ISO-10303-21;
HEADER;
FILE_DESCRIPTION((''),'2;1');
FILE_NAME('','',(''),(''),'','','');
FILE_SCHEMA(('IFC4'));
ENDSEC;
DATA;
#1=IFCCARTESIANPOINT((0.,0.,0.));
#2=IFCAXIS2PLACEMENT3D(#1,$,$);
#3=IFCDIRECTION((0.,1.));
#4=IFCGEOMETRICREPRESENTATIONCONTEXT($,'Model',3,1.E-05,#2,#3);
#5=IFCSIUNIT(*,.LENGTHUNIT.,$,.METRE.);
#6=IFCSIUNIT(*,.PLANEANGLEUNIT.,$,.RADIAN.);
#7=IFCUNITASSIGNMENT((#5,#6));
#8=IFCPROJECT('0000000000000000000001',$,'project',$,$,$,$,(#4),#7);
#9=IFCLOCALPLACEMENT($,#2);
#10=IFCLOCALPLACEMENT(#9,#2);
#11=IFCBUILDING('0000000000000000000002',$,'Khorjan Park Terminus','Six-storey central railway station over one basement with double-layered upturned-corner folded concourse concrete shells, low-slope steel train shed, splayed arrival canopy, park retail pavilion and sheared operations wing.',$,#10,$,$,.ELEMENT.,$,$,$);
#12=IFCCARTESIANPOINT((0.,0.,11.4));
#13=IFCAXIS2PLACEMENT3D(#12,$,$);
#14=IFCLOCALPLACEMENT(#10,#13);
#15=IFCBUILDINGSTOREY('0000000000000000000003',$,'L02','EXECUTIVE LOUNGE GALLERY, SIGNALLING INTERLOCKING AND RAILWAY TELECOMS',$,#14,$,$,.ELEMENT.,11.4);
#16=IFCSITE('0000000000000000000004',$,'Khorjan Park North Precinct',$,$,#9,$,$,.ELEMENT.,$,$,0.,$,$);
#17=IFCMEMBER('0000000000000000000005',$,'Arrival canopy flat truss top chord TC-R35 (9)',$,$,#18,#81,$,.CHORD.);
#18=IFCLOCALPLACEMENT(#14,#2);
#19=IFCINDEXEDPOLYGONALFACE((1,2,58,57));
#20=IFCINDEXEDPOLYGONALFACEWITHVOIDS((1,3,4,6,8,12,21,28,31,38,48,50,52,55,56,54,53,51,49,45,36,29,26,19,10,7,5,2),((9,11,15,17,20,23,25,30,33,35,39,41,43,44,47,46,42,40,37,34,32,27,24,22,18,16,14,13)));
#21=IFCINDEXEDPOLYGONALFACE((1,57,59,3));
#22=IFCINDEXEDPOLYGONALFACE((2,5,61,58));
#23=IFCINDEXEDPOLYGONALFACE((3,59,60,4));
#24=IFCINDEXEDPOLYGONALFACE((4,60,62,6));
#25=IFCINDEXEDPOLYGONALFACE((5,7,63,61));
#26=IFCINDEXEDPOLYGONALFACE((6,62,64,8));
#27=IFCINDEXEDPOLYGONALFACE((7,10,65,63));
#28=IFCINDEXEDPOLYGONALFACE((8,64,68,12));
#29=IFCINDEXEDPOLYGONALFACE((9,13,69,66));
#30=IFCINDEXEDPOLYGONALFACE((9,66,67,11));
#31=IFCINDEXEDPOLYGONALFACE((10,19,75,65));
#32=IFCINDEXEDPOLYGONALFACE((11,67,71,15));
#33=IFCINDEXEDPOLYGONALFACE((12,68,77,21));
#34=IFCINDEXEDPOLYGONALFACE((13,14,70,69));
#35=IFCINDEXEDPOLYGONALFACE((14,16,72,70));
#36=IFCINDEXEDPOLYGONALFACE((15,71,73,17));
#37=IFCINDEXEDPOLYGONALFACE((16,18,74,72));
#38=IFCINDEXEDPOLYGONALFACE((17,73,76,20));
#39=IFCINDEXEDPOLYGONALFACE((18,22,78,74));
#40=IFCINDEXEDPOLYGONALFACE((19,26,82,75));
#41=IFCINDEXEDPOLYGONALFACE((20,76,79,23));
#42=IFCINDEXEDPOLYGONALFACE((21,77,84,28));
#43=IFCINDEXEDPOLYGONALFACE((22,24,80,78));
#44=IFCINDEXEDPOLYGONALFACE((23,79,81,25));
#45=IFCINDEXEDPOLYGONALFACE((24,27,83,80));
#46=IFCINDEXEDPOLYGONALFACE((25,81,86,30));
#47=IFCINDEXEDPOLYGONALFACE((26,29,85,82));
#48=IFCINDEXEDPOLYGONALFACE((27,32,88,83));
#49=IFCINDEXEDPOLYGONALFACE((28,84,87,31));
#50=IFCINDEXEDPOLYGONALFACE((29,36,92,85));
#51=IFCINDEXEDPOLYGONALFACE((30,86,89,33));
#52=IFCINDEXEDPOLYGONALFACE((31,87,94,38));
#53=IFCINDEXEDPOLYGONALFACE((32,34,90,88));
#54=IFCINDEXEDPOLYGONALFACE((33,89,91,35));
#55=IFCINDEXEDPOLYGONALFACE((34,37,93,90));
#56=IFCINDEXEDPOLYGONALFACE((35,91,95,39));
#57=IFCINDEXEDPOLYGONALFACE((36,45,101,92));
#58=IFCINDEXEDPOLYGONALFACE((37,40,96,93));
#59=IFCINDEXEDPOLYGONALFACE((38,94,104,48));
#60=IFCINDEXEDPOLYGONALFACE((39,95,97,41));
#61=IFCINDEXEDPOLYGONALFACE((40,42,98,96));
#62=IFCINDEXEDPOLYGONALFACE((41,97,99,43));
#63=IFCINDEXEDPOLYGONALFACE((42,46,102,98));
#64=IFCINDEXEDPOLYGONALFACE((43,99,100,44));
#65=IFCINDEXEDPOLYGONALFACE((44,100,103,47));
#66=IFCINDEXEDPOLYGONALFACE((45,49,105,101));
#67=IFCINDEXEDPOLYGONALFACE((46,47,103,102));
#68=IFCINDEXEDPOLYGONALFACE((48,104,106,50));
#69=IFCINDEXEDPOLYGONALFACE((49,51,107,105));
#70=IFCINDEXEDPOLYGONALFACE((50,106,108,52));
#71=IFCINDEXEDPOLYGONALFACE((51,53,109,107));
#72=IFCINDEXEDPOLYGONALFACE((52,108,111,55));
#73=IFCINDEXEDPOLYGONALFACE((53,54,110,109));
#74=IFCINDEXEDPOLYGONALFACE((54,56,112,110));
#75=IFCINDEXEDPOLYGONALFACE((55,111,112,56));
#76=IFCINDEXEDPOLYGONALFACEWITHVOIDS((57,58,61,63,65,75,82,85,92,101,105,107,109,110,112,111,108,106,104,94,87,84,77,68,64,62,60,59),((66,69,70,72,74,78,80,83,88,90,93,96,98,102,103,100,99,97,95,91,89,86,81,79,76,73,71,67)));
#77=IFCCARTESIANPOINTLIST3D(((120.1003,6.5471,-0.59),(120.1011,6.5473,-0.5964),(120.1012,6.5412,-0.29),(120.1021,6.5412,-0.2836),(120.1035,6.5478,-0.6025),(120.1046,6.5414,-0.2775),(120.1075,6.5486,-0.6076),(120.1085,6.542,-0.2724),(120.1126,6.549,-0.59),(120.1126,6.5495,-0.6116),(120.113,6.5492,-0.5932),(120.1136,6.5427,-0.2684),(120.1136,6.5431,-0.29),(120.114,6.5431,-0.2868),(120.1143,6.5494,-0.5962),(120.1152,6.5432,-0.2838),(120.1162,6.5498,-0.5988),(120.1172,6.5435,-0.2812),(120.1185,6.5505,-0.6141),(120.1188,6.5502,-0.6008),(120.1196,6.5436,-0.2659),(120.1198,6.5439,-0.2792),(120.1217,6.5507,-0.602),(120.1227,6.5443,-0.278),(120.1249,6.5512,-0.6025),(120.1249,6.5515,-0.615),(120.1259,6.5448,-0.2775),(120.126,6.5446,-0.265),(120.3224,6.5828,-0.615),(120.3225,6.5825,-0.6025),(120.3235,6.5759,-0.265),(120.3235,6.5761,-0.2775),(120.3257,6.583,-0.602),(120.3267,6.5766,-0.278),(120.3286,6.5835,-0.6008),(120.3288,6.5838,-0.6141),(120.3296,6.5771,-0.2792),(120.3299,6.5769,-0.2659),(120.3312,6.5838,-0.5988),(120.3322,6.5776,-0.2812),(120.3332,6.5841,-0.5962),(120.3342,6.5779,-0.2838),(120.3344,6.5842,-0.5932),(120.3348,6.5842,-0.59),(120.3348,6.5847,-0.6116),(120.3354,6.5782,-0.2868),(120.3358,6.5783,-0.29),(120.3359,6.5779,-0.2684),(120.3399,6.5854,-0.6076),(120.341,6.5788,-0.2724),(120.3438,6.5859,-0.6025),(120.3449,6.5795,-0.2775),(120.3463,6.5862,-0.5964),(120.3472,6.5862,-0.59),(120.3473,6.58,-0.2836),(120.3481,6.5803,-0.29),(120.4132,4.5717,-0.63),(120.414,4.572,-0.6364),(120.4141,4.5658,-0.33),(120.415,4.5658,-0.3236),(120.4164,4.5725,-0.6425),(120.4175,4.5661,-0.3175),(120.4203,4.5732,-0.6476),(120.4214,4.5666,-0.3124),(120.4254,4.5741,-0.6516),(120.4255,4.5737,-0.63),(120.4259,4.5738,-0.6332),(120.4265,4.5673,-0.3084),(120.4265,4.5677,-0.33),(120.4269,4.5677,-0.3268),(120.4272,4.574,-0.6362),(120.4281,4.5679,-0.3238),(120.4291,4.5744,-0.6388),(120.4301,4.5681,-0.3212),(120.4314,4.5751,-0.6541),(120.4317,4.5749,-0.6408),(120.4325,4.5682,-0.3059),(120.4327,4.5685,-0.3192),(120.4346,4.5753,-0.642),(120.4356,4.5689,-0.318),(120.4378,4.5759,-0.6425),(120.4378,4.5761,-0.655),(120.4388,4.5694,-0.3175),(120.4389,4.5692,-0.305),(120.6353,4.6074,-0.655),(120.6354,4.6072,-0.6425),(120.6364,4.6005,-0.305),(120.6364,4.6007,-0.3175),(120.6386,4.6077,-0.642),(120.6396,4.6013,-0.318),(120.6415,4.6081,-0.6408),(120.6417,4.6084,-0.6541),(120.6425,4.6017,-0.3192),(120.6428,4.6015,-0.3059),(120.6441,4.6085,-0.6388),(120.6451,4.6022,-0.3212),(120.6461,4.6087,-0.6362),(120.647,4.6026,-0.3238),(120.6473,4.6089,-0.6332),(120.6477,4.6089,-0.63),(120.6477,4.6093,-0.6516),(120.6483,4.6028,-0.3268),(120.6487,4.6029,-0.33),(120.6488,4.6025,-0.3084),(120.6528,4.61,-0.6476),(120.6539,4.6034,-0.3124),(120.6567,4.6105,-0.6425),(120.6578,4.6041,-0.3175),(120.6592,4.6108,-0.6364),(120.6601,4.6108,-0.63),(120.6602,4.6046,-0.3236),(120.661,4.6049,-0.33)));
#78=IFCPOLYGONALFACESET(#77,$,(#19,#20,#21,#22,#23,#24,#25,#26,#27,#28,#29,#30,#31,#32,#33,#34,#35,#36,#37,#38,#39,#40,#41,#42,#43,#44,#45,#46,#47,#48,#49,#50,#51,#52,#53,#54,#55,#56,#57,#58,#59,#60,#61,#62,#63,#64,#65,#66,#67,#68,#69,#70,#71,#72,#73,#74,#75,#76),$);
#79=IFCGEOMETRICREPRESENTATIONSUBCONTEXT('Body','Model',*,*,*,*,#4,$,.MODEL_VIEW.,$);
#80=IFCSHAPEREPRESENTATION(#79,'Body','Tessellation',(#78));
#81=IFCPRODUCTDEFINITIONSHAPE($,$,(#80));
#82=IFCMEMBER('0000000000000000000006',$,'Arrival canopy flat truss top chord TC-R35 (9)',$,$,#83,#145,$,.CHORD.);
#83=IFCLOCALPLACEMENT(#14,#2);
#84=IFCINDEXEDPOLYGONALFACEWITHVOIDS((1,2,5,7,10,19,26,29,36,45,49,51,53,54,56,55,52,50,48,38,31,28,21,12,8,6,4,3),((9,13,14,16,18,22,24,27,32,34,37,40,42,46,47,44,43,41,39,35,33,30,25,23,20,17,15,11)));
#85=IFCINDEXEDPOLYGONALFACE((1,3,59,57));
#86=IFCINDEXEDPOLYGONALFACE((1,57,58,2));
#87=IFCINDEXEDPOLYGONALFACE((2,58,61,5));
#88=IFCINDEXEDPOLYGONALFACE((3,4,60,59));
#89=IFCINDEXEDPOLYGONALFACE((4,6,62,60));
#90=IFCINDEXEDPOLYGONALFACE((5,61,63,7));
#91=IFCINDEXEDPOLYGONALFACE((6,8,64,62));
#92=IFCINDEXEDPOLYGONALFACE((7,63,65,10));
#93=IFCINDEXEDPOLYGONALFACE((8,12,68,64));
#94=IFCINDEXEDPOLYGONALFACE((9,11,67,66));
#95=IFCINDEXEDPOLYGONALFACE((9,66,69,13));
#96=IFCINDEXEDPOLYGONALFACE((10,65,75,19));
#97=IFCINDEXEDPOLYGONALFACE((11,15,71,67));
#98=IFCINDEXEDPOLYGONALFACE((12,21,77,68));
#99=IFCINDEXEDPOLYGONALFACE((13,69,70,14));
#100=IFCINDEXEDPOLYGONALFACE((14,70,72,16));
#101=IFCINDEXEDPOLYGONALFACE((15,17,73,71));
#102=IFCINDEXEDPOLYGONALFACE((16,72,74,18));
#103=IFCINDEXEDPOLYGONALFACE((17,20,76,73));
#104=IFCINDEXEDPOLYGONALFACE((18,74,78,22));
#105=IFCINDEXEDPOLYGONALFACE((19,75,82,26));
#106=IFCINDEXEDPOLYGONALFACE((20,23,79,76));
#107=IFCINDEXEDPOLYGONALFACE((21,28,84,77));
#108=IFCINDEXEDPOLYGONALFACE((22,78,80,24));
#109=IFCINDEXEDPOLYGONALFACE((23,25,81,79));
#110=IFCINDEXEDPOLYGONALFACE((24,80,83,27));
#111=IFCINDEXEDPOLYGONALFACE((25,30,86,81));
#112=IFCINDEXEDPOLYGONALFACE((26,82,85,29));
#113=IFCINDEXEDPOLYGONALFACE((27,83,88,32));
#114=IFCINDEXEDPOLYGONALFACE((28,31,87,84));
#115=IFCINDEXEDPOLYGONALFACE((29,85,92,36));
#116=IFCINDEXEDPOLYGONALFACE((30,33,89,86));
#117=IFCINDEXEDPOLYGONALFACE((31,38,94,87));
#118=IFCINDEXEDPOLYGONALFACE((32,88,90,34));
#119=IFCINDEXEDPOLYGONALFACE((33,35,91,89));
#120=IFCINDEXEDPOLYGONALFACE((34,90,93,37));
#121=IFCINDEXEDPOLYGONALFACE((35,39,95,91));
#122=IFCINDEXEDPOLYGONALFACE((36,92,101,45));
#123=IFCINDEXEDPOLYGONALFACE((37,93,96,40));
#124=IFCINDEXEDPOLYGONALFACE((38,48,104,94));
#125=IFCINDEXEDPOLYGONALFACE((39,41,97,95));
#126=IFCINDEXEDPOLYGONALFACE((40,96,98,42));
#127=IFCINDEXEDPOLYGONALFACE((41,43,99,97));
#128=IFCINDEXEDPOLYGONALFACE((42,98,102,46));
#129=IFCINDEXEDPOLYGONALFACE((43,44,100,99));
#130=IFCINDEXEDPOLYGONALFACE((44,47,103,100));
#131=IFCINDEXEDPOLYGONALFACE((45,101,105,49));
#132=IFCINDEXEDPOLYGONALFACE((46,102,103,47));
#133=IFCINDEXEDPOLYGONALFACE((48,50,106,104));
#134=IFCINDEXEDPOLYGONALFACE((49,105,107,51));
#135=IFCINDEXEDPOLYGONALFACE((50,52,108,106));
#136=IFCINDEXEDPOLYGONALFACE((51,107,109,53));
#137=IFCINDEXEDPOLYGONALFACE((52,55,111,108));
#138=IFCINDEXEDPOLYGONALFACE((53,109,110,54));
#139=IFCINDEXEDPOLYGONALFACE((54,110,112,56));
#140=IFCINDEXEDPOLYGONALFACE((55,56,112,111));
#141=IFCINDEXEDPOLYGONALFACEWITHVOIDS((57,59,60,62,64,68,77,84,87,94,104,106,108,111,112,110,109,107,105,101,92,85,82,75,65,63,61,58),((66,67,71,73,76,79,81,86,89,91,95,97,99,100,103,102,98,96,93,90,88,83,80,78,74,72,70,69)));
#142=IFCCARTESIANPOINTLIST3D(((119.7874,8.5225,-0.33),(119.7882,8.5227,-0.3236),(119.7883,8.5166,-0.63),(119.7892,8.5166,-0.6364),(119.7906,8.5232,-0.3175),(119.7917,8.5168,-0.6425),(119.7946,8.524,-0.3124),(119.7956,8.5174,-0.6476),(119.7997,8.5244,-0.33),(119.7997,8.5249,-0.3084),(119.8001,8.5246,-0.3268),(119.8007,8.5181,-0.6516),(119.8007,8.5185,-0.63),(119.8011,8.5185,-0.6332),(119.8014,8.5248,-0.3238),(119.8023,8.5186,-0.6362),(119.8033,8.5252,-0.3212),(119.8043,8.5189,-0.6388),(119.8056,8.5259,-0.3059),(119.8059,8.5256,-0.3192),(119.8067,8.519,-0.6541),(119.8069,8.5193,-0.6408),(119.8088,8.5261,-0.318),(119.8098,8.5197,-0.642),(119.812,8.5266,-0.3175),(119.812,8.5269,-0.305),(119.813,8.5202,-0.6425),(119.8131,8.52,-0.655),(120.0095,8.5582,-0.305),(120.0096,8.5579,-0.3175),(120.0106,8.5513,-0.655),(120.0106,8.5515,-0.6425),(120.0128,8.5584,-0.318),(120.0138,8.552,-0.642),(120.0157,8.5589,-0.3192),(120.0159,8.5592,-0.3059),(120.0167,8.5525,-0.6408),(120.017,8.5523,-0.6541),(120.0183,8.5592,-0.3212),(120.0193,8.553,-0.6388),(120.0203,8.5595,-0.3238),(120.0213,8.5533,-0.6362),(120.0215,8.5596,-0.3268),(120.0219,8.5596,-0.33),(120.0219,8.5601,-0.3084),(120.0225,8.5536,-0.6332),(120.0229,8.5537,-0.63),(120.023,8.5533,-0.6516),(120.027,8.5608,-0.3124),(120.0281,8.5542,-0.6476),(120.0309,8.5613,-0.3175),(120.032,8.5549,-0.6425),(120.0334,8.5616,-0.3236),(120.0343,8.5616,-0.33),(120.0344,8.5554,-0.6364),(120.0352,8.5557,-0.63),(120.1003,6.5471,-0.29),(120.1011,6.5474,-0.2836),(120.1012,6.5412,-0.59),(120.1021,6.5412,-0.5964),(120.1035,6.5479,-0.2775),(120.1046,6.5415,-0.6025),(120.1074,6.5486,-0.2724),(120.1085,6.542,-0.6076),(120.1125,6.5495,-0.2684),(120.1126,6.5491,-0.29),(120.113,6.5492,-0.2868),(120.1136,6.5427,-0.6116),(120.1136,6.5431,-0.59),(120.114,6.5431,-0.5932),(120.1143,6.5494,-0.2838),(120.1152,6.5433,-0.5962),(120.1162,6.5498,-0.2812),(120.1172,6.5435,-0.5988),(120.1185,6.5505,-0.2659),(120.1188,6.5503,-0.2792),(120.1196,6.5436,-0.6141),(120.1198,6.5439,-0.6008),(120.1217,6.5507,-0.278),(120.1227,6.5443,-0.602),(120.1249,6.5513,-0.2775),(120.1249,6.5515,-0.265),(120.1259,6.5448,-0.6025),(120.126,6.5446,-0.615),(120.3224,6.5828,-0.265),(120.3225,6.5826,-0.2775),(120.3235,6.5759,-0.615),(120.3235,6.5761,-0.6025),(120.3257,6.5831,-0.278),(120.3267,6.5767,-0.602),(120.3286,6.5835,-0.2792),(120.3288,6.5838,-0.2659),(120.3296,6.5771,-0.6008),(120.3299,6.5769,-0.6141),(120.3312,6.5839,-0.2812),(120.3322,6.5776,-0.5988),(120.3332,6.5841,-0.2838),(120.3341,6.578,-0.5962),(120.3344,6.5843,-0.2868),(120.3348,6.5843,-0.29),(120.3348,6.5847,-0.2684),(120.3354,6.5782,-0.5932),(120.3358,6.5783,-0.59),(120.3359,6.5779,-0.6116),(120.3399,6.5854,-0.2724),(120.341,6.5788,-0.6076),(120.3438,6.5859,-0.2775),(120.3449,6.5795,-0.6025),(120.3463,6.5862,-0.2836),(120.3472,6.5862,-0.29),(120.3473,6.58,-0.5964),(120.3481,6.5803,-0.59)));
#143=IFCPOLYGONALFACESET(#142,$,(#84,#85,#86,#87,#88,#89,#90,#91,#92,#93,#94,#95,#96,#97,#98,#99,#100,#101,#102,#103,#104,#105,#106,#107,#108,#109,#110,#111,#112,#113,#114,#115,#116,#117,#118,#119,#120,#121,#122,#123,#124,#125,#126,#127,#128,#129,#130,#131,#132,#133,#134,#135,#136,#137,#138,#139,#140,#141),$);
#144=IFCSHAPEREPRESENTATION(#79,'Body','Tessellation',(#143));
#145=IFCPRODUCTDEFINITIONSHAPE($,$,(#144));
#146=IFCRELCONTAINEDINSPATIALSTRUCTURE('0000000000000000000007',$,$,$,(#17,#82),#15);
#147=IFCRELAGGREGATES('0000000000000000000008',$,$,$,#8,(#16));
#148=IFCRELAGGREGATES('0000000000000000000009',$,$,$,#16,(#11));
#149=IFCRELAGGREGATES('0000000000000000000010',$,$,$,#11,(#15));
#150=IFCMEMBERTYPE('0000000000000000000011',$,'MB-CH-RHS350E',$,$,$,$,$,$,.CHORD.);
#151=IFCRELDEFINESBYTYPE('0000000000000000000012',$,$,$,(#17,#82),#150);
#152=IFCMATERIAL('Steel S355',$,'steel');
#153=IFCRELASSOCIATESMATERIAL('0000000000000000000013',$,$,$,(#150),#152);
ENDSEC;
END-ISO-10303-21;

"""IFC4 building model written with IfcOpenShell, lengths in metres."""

from ifc_helpers import new_model, si_unit, direction, frame, origin, origin_2d, place, context, subcontext, project, spatial, hollow_rectangle, extrude, material, material_profile, profile_set, type_object, element, save


model = new_model("IFC4")

# Units and contexts
model_context = context("Model", 3, precision=1e-05, world=origin(), true_north=direction((0.0, 1.0)))
body_context = subcontext(model_context, "Body", "Model", "MODEL_VIEW")
ifc_project = project(units=[si_unit("LENGTHUNIT", "METRE"), si_unit("PLANEANGLEUNIT", "RADIAN")], contexts=[model_context])

# Site, building, storey
site_placement = place(None, origin())
site = spatial("IfcSite", under=ifc_project, at=site_placement, Name="Khorjan Park North Precinct", CompositionType="ELEMENT", RefElevation=0.0)
building_placement = place(site_placement, origin())
building = spatial("IfcBuilding", under=site, at=building_placement, Name="Khorjan Park Terminus", Description="Six-storey central railway station over one basement with double-layered upturned-corner folded concourse concrete shells, low-slope steel train shed, splayed arrival canopy, park retail pavilion and sheared operations wing.", CompositionType="ELEMENT")
storey_placement = place(building_placement, frame((0.0, 0.0, 11.4)))
storey = spatial("IfcBuildingStorey", under=building, at=storey_placement, Name="L02", Description="EXECUTIVE LOUNGE GALLERY, SIGNALLING INTERLOCKING AND RAILWAY TELECOMS", CompositionType="ELEMENT", Elevation=11.4)

# Members
ifc_material = material(Name="Steel S355", Category="steel")
ifc_material_profile_1 = material_profile(ifc_material, hollow_rectangle(XDim=0.25, YDim=0.35, WallThickness=0.0125, InnerFilletRadius=0.0125, OuterFilletRadius=0.025, at=origin_2d()), Name="RHS 350x250x12.5")
ifc_profile_set_1 = profile_set([ifc_material_profile_1], Name="Steel S355")
member_type_1 = type_object("IfcMemberType", Name="MB-CH-RHS350E", PredefinedType="CHORD", material=ifc_profile_set_1)
for number, where, z_axis, x_axis, name in (
    (1, (120.5371, 4.5883, -0.48), (-0.156417, 0.987489, 0.019996), (-0.987686, -0.156448, 0.0), "Arrival canopy flat truss top chord TC-R35 (9)"),
    (2, (120.2242, 6.5637, -0.44), (-0.156417, 0.987489, -0.019996), (-0.987686, -0.156448, 0.0), "Arrival canopy flat truss top chord TC-R35 (9)"),
):
    element("IfcMember", number, at=place(storey_placement, frame(where, z_axis=z_axis, x_axis=x_axis)), inside=storey, type_object=member_type_1, Name=name, PredefinedType="CHORD", context=body_context, shape_type="SweptSolid", body=[
        extrude(hollow_rectangle(XDim=0.25, YDim=0.35, WallThickness=0.0125, InnerFilletRadius=0.0125, OuterFilletRadius=0.025, at=origin_2d()), origin(), (0.0, 0.0, 1.0), 2.0004),
    ])

save(model, "model.ifc")
